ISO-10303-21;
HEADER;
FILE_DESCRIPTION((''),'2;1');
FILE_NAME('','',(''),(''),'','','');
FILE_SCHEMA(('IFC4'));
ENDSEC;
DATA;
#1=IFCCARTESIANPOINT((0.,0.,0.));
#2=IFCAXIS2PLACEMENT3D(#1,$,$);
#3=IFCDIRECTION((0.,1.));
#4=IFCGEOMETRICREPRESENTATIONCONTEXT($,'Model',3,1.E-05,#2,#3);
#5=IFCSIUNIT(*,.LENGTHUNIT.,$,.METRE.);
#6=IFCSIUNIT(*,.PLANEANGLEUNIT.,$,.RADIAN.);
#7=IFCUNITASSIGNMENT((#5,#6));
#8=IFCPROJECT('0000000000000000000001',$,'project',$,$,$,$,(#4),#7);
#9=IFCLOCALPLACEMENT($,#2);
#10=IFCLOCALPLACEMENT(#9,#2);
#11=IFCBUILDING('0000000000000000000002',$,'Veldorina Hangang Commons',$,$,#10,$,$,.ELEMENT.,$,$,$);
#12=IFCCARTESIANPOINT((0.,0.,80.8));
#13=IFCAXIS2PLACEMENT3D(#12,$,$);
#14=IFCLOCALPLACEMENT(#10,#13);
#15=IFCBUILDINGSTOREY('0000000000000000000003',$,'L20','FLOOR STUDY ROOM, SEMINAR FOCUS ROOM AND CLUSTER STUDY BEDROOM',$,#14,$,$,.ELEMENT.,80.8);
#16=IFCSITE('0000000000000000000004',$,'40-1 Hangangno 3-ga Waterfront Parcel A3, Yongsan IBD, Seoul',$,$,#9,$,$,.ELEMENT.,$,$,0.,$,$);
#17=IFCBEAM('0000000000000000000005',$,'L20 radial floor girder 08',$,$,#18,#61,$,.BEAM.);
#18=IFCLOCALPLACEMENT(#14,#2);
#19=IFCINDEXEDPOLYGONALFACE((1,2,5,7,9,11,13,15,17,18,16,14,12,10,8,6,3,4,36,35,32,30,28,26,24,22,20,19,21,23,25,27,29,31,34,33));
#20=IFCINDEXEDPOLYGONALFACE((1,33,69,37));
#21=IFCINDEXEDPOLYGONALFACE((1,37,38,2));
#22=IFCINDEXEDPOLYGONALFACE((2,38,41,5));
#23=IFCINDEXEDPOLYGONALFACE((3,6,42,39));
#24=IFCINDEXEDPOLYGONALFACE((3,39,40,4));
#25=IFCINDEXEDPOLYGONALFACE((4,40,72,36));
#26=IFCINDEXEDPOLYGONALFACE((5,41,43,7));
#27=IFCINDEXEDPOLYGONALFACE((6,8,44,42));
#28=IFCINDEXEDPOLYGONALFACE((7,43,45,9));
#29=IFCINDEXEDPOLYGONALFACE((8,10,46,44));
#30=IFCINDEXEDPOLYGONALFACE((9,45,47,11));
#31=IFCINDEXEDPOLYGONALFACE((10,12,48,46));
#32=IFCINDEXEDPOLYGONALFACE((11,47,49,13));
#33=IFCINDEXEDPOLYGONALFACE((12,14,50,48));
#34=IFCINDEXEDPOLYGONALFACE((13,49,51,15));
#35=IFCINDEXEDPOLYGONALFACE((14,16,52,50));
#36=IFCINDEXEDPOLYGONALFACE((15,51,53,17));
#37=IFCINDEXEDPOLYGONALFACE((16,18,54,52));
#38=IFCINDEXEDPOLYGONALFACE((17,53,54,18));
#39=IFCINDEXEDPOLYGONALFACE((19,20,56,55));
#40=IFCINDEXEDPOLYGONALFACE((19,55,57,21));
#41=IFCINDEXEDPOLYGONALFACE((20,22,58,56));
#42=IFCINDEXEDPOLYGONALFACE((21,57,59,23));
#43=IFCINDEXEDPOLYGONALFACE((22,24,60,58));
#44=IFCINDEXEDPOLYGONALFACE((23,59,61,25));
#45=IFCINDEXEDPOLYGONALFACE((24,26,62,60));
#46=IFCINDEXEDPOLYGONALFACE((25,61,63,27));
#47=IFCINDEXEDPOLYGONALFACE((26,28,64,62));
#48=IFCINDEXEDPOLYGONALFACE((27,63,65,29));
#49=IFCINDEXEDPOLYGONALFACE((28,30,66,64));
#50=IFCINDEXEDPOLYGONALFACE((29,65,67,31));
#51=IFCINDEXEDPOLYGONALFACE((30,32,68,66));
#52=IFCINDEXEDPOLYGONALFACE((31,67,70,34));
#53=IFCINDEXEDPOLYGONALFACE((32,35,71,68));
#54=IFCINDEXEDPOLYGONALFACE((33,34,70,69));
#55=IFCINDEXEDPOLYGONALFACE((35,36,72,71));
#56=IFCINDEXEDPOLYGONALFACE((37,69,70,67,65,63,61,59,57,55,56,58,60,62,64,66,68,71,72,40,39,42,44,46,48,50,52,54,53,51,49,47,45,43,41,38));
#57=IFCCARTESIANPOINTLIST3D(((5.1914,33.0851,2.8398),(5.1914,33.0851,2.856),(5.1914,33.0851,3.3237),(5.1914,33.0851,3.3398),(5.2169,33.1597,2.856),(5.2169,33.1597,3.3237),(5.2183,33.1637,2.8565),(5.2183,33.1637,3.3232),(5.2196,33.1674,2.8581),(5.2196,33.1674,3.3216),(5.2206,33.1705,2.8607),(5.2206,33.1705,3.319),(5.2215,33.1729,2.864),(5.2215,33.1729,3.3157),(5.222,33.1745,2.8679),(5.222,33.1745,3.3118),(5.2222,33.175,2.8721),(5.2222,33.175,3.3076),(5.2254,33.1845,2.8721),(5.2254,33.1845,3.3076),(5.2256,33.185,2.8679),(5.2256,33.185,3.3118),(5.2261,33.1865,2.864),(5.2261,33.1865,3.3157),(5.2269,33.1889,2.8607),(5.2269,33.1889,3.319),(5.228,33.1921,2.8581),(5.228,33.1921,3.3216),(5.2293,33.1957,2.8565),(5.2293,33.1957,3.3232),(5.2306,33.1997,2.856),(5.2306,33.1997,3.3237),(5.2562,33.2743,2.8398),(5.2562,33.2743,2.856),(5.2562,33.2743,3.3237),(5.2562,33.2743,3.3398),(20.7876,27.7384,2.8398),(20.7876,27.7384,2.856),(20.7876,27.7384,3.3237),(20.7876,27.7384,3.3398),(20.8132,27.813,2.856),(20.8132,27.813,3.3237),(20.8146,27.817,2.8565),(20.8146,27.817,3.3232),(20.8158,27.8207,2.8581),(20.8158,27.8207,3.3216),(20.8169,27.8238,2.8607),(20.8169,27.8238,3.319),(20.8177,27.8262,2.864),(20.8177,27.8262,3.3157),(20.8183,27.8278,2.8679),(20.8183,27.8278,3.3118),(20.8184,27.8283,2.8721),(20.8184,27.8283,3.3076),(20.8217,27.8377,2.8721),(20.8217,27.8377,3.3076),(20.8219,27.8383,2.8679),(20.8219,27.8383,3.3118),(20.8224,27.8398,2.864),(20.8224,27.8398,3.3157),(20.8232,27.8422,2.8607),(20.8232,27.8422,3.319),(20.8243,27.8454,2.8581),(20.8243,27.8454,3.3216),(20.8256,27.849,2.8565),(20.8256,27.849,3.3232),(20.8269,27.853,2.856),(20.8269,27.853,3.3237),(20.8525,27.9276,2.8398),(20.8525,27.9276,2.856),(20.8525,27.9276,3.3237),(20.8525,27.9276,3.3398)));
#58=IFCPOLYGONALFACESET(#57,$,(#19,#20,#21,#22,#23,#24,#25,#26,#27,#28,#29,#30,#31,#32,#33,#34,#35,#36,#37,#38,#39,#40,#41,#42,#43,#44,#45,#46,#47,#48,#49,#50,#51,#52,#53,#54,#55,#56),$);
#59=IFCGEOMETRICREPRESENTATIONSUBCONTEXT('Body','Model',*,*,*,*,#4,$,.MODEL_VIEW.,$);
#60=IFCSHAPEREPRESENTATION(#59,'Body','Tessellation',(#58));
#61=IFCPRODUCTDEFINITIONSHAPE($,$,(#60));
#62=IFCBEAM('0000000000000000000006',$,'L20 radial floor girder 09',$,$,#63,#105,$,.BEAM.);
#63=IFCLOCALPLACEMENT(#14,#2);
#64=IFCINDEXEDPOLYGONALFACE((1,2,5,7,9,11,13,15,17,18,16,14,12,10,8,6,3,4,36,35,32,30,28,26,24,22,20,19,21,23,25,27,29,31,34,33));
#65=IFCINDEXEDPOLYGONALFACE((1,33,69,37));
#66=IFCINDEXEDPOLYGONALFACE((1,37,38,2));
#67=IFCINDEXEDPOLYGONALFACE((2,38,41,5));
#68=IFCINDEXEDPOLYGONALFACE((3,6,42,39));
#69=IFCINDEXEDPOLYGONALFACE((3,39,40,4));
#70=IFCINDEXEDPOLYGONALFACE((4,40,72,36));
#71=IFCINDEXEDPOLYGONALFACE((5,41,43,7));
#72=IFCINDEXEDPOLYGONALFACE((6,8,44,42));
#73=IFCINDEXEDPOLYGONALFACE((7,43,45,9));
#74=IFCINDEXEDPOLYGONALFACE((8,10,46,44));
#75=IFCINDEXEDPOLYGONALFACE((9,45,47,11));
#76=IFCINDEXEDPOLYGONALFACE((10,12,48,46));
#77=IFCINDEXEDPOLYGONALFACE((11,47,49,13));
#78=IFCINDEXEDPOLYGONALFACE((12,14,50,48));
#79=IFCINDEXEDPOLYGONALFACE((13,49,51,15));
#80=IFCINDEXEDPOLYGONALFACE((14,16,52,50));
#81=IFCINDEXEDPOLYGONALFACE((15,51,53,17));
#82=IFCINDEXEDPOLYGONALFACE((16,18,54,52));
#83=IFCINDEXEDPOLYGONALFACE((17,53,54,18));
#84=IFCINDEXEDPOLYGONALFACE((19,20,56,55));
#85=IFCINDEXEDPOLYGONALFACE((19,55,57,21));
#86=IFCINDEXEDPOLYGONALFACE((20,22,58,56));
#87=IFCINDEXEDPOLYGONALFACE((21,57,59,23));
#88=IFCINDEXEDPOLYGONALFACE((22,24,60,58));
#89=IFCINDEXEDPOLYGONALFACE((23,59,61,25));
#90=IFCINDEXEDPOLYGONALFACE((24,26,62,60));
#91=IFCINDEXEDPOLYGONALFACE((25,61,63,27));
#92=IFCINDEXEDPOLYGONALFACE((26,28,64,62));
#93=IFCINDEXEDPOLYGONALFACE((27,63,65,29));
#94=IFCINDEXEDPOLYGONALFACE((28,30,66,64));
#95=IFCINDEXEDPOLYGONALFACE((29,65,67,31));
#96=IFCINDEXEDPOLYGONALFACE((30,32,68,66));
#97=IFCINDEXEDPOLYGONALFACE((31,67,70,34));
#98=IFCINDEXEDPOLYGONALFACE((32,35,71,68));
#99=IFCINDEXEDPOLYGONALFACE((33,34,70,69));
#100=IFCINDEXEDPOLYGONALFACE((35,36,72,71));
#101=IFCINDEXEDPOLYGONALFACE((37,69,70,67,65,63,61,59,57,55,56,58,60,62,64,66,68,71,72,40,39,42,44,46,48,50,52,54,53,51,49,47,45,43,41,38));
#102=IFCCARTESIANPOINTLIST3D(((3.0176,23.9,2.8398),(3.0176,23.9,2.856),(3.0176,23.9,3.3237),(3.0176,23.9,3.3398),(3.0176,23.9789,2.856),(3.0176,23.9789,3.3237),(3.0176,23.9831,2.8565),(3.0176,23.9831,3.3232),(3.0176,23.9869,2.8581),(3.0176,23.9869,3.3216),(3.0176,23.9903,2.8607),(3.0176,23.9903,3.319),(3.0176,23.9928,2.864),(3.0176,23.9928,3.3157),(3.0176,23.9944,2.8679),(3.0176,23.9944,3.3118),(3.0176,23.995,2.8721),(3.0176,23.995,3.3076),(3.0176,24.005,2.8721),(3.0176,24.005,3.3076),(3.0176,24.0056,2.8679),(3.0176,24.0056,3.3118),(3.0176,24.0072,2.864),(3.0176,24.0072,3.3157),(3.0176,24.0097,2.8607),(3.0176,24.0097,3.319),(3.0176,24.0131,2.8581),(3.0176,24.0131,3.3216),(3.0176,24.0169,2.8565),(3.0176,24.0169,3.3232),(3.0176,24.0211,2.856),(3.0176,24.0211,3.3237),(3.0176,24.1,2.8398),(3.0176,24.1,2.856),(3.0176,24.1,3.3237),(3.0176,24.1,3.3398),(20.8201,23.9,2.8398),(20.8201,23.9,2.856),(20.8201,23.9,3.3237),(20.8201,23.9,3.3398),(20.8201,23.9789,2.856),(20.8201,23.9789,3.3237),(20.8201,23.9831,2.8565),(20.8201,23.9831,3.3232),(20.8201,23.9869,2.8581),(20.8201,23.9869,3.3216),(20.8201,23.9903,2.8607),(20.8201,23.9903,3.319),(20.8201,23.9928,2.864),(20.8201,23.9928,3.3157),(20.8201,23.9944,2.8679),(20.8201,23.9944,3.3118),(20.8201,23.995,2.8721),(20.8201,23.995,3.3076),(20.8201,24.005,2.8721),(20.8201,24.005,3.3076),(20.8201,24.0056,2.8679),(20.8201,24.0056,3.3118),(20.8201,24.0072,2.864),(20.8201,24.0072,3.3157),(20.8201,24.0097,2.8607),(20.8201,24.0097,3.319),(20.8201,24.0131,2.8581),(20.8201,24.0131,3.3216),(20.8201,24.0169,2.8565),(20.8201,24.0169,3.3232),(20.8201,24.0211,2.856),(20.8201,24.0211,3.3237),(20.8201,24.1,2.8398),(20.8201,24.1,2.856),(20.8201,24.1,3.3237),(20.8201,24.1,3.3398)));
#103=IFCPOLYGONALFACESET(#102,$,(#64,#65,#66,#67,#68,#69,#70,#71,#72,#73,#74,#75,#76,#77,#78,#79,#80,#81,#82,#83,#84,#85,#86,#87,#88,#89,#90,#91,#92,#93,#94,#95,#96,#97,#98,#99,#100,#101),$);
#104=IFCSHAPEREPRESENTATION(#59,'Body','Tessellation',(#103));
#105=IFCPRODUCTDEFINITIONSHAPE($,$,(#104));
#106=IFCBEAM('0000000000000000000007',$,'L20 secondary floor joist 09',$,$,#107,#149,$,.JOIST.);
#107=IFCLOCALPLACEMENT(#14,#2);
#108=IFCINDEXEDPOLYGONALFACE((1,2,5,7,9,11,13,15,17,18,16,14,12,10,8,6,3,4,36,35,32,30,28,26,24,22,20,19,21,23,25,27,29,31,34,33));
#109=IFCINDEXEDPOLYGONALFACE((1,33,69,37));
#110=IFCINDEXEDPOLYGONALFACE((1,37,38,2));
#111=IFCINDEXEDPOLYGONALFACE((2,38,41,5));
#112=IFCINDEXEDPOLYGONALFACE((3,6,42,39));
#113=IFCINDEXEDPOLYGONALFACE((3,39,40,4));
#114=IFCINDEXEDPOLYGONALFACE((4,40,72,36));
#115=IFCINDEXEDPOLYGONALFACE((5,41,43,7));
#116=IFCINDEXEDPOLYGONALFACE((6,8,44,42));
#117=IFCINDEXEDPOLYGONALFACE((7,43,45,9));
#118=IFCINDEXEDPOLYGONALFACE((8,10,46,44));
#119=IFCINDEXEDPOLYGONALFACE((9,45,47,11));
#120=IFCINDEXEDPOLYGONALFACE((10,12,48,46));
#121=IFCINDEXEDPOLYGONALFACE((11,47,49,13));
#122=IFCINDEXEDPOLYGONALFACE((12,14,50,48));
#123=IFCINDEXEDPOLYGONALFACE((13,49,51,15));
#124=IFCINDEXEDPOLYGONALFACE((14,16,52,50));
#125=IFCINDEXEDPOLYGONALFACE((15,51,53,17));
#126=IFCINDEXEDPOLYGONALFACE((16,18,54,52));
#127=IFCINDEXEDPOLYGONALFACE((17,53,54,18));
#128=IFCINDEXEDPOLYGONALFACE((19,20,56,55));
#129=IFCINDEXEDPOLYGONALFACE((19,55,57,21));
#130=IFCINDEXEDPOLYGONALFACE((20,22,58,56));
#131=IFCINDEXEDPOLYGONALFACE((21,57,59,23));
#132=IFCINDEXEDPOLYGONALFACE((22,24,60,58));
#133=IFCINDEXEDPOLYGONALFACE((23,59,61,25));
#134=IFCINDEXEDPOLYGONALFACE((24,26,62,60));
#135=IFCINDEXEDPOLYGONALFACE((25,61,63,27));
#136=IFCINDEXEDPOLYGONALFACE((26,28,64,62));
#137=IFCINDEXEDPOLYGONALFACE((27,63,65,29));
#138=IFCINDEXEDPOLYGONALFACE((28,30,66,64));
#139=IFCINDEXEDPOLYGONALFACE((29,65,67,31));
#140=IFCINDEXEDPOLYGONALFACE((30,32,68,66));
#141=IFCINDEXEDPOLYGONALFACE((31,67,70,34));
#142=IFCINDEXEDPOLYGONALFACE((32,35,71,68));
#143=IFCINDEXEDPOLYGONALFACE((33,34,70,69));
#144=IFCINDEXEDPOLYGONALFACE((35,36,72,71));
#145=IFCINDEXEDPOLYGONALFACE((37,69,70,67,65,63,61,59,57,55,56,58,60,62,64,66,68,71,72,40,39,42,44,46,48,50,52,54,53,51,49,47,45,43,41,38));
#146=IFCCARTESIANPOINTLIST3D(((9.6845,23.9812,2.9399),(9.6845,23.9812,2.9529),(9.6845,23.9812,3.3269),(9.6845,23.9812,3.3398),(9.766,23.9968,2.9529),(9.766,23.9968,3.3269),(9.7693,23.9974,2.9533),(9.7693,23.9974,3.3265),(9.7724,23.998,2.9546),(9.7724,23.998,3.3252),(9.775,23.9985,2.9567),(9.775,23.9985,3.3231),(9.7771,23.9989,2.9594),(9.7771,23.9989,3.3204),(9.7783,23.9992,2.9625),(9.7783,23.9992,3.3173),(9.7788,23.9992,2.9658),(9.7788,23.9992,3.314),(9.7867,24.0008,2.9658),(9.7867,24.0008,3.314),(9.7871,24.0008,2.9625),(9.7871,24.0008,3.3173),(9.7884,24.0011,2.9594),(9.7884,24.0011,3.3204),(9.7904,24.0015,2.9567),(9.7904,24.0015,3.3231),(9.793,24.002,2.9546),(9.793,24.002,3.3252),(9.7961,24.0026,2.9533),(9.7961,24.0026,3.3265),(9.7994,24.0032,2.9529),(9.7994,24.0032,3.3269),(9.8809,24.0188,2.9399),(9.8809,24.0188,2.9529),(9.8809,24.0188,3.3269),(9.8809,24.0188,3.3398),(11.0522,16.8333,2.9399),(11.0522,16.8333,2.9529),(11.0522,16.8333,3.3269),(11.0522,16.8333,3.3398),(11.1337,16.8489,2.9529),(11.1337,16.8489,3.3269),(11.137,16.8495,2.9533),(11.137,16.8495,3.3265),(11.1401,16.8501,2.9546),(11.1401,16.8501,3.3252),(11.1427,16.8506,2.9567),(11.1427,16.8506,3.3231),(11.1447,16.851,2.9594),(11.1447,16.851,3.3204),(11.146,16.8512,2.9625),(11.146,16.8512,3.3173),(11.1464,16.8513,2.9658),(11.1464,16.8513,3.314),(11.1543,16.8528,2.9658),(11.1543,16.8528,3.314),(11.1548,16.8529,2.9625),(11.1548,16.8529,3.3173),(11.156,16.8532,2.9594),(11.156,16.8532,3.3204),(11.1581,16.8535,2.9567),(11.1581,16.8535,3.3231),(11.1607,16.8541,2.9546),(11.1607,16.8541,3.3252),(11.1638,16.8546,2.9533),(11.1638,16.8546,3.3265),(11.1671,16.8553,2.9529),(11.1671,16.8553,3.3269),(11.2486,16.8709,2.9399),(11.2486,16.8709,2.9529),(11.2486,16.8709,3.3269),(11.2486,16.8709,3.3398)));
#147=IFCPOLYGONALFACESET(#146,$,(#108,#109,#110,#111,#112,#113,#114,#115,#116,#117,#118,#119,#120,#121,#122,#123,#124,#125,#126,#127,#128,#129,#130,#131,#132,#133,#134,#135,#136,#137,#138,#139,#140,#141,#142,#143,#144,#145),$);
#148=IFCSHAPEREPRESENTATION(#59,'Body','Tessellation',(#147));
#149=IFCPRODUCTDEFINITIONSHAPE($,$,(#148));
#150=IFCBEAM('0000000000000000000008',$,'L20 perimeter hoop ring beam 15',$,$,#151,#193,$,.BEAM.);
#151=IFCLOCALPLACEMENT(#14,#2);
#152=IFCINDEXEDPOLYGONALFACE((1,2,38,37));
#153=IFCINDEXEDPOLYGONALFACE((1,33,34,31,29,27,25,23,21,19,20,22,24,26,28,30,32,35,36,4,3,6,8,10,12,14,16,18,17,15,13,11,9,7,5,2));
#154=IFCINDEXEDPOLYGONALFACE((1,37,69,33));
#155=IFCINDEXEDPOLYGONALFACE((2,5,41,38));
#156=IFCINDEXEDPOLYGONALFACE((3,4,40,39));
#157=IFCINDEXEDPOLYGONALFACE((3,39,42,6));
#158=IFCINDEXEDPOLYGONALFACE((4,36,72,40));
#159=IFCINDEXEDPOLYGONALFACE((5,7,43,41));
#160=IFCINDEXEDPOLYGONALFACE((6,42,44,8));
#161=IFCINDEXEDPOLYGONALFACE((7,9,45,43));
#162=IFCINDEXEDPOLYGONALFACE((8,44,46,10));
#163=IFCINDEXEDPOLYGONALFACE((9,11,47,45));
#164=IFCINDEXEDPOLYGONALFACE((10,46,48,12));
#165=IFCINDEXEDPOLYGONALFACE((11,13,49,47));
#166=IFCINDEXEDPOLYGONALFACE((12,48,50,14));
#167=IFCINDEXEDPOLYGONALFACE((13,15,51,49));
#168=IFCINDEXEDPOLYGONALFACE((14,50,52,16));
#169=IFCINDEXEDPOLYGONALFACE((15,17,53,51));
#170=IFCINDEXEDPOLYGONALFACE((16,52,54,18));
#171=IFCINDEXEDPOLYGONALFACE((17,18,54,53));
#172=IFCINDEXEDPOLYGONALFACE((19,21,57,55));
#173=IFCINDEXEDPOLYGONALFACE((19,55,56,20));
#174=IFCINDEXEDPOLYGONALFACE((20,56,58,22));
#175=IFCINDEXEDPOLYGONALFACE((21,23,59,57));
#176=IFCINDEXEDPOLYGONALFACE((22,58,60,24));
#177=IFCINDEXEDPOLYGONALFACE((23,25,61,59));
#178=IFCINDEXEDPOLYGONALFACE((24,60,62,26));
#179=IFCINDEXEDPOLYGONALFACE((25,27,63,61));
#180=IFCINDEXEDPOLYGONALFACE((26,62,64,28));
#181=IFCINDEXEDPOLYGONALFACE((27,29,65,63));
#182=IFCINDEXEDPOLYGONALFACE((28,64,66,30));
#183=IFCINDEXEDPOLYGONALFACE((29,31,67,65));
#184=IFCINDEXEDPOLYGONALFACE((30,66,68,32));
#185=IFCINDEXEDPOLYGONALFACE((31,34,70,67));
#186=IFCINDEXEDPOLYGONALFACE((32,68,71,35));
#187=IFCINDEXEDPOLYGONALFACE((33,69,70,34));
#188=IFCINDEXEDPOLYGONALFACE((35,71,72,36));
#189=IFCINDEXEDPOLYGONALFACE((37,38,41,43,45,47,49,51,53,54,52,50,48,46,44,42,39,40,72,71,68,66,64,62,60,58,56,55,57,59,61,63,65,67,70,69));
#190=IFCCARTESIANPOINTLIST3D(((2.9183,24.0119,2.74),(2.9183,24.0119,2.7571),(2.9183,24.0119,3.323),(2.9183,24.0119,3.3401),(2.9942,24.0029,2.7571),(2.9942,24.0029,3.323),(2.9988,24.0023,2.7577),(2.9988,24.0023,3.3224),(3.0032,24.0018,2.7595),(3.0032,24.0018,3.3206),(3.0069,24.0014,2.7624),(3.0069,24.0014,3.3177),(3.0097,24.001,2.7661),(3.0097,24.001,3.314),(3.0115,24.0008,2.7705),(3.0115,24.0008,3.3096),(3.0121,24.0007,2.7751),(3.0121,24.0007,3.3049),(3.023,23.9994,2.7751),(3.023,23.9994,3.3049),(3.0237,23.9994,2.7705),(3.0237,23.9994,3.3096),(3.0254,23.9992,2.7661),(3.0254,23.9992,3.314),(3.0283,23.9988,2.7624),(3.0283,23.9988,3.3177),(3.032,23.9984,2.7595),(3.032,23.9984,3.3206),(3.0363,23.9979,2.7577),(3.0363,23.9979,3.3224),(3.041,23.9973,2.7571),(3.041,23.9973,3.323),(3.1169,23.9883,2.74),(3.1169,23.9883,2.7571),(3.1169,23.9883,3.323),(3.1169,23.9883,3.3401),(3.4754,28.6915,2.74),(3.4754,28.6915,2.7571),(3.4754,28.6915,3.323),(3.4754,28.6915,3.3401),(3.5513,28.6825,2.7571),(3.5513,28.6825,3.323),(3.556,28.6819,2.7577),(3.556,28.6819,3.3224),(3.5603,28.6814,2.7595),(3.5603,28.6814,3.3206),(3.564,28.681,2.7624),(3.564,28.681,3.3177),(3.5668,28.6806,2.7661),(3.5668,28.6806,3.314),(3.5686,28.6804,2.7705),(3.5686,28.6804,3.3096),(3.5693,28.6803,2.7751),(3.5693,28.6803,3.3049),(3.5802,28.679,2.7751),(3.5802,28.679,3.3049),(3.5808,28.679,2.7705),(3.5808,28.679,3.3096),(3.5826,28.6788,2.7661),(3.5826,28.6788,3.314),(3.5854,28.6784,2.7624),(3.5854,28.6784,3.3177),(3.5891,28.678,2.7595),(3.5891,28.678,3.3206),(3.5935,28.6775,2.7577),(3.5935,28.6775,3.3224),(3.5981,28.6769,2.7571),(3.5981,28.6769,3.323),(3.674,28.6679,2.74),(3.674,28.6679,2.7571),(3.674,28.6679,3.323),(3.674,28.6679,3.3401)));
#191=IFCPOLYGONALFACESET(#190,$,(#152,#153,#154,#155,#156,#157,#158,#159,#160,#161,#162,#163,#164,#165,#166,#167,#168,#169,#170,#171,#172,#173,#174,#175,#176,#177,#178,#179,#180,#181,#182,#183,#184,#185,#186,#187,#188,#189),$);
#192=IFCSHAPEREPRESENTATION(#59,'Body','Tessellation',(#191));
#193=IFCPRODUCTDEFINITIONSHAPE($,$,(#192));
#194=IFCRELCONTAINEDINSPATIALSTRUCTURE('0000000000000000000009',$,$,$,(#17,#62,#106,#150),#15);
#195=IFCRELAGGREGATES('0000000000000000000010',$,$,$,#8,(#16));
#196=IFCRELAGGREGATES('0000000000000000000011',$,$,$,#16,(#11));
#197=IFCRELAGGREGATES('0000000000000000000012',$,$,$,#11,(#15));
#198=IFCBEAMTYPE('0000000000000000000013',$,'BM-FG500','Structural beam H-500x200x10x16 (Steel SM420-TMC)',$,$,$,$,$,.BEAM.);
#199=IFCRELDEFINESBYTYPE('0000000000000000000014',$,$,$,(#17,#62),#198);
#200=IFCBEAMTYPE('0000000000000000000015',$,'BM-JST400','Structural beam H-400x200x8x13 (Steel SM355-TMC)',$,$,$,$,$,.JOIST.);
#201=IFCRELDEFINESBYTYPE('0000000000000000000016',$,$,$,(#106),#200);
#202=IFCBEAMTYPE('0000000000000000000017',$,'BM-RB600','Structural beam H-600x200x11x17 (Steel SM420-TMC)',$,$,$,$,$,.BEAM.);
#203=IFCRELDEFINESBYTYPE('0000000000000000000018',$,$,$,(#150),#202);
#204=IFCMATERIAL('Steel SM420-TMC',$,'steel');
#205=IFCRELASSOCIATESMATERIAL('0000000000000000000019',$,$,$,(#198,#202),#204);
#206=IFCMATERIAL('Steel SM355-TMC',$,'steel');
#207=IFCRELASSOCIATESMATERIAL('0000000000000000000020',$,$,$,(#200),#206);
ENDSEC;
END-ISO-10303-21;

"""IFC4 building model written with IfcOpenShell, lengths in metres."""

from ifc_helpers import new_model, si_unit, direction, frame, origin, origin_2d, place, context, subcontext, project, spatial, i_section, extrude, material, material_profile, profile_set, type_object, element, save


model = new_model("IFC4")

# Units and contexts
model_context = context("Model", 3, precision=1e-05, world=origin(), true_north=direction((0.0, 1.0)))
body_context = subcontext(model_context, "Body", "Model", "MODEL_VIEW")
ifc_project = project(units=[si_unit("LENGTHUNIT", "METRE"), si_unit("PLANEANGLEUNIT", "RADIAN")], contexts=[model_context])

# Site, building, storey
site_placement = place(None, origin())
site = spatial("IfcSite", under=ifc_project, at=site_placement, Name="40-1 Hangangno 3-ga Waterfront Parcel A3, Yongsan IBD, Seoul", CompositionType="ELEMENT", RefElevation=0.0)
building_placement = place(site_placement, origin())
building = spatial("IfcBuilding", under=site, at=building_placement, Name="Veldorina Hangang Commons", CompositionType="ELEMENT")
storey_placement = place(building_placement, frame((0.0, 0.0, 80.8)))
storey = spatial("IfcBuildingStorey", under=building, at=storey_placement, Name="L20", Description="FLOOR STUDY ROOM, SEMINAR FOCUS ROOM AND CLUSTER STUDY BEDROOM", CompositionType="ELEMENT", Elevation=80.8)

# Beams
ifc_material_1 = material(Name="Steel SM420-TMC", Category="steel")
ifc_material_profile_1 = material_profile(ifc_material_1, i_section(OverallWidth=0.2, OverallDepth=0.5, WebThickness=0.01, FlangeThickness=0.0161, FilletRadius=0.0161, at=origin_2d()), Name="H-500x200x10x16")
ifc_profile_set_1 = profile_set([ifc_material_profile_1], Name="Steel SM420-TMC")
beam_type_1 = type_object("IfcBeamType", Name="BM-FG500", Description="Structural beam H-500x200x10x16 (Steel SM420-TMC)", PredefinedType="BEAM", material=ifc_profile_set_1)
beam_1_placement = place(storey_placement, frame((20.8201, 27.833, 3.0898), z_axis=(-0.945957, 0.324293, 0.0), x_axis=(-0.324293, -0.945957, 0.0)))
element("IfcBeam", 1, at=beam_1_placement, inside=storey, type_object=beam_type_1, Name="L20 radial floor girder 08", PredefinedType="BEAM", context=body_context, shape_type="SweptSolid", body=[
    extrude(i_section(OverallWidth=0.2, OverallDepth=0.5, WebThickness=0.01, FlangeThickness=0.0161, FilletRadius=0.0161, at=origin_2d()), origin(), (0.0, 0.0, 1.0), 16.4873),
])
beam_2_placement = place(storey_placement, frame((20.8201, 24.0, 3.0898), z_axis=(-1.0, 0.0, 0.0), x_axis=(0.0, -1.0, 0.0)))
element("IfcBeam", 2, at=beam_2_placement, inside=storey, type_object=beam_type_1, Name="L20 radial floor girder 09", PredefinedType="BEAM", context=body_context, shape_type="SweptSolid", body=[
    extrude(i_section(OverallWidth=0.2, OverallDepth=0.5, WebThickness=0.01, FlangeThickness=0.0161, FilletRadius=0.0161, at=origin_2d()), origin(), (0.0, 0.0, 1.0), 17.8025),
])
ifc_material_2 = material(Name="Steel SM355-TMC", Category="steel")
ifc_material_profile_2 = material_profile(ifc_material_2, i_section(OverallWidth=0.2, OverallDepth=0.3999, WebThickness=0.0081, FlangeThickness=0.0129, FilletRadius=0.0129, at=origin_2d()), Name="H-400x200x8x13")
ifc_profile_set_2 = profile_set([ifc_material_profile_2], Name="Steel SM355-TMC")
beam_type_2 = type_object("IfcBeamType", Name="BM-JST400", Description="Structural beam H-400x200x8x13 (Steel SM355-TMC)", PredefinedType="JOIST", material=ifc_profile_set_2)
beam_3_placement = place(storey_placement, frame((9.7827, 24.0, 3.1399), z_axis=(0.187929, -0.982183, 0.0), x_axis=(0.982183, 0.187929, 0.0)))
element("IfcBeam", 3, at=beam_3_placement, inside=storey, type_object=beam_type_2, Name="L20 secondary floor joist 09", PredefinedType="JOIST", context=body_context, shape_type="SweptSolid", body=[
    extrude(i_section(OverallWidth=0.2, OverallDepth=0.3999, WebThickness=0.0081, FlangeThickness=0.0129, FilletRadius=0.0129, at=origin_2d()), origin(), (0.0, 0.0, 1.0), 7.2776),
])
ifc_material_profile_3 = material_profile(ifc_material_1, i_section(OverallWidth=0.2, OverallDepth=0.6001, WebThickness=0.011, FlangeThickness=0.0171, FilletRadius=0.0181, at=origin_2d()), Name="H-600x200x11x17")
ifc_profile_set_3 = profile_set([ifc_material_profile_3], Name="Steel SM420-TMC")
beam_type_3 = type_object("IfcBeamType", Name="BM-RB600", Description="Structural beam H-600x200x11x17 (Steel SM420-TMC)", PredefinedType="BEAM", material=ifc_profile_set_3)
for number, where, z_axis, x_axis, name in (
    (4, (3.5747, 28.6797, 3.04), (-0.118218, -0.992988, 0.0), (0.992988, -0.118218, 0.0), "L20 perimeter hoop ring beam 15"),
):
    element("IfcBeam", number, at=place(storey_placement, frame(where, z_axis=z_axis, x_axis=x_axis)), inside=storey, type_object=beam_type_3, Name=name, PredefinedType="BEAM", context=body_context, shape_type="SweptSolid", body=[
        extrude(i_section(OverallWidth=0.2, OverallDepth=0.6001, WebThickness=0.011, FlangeThickness=0.0171, FilletRadius=0.0181, at=origin_2d()), origin(), (0.0, 0.0, 1.0), 4.7126),
    ])

save(model, "model.ifc")
